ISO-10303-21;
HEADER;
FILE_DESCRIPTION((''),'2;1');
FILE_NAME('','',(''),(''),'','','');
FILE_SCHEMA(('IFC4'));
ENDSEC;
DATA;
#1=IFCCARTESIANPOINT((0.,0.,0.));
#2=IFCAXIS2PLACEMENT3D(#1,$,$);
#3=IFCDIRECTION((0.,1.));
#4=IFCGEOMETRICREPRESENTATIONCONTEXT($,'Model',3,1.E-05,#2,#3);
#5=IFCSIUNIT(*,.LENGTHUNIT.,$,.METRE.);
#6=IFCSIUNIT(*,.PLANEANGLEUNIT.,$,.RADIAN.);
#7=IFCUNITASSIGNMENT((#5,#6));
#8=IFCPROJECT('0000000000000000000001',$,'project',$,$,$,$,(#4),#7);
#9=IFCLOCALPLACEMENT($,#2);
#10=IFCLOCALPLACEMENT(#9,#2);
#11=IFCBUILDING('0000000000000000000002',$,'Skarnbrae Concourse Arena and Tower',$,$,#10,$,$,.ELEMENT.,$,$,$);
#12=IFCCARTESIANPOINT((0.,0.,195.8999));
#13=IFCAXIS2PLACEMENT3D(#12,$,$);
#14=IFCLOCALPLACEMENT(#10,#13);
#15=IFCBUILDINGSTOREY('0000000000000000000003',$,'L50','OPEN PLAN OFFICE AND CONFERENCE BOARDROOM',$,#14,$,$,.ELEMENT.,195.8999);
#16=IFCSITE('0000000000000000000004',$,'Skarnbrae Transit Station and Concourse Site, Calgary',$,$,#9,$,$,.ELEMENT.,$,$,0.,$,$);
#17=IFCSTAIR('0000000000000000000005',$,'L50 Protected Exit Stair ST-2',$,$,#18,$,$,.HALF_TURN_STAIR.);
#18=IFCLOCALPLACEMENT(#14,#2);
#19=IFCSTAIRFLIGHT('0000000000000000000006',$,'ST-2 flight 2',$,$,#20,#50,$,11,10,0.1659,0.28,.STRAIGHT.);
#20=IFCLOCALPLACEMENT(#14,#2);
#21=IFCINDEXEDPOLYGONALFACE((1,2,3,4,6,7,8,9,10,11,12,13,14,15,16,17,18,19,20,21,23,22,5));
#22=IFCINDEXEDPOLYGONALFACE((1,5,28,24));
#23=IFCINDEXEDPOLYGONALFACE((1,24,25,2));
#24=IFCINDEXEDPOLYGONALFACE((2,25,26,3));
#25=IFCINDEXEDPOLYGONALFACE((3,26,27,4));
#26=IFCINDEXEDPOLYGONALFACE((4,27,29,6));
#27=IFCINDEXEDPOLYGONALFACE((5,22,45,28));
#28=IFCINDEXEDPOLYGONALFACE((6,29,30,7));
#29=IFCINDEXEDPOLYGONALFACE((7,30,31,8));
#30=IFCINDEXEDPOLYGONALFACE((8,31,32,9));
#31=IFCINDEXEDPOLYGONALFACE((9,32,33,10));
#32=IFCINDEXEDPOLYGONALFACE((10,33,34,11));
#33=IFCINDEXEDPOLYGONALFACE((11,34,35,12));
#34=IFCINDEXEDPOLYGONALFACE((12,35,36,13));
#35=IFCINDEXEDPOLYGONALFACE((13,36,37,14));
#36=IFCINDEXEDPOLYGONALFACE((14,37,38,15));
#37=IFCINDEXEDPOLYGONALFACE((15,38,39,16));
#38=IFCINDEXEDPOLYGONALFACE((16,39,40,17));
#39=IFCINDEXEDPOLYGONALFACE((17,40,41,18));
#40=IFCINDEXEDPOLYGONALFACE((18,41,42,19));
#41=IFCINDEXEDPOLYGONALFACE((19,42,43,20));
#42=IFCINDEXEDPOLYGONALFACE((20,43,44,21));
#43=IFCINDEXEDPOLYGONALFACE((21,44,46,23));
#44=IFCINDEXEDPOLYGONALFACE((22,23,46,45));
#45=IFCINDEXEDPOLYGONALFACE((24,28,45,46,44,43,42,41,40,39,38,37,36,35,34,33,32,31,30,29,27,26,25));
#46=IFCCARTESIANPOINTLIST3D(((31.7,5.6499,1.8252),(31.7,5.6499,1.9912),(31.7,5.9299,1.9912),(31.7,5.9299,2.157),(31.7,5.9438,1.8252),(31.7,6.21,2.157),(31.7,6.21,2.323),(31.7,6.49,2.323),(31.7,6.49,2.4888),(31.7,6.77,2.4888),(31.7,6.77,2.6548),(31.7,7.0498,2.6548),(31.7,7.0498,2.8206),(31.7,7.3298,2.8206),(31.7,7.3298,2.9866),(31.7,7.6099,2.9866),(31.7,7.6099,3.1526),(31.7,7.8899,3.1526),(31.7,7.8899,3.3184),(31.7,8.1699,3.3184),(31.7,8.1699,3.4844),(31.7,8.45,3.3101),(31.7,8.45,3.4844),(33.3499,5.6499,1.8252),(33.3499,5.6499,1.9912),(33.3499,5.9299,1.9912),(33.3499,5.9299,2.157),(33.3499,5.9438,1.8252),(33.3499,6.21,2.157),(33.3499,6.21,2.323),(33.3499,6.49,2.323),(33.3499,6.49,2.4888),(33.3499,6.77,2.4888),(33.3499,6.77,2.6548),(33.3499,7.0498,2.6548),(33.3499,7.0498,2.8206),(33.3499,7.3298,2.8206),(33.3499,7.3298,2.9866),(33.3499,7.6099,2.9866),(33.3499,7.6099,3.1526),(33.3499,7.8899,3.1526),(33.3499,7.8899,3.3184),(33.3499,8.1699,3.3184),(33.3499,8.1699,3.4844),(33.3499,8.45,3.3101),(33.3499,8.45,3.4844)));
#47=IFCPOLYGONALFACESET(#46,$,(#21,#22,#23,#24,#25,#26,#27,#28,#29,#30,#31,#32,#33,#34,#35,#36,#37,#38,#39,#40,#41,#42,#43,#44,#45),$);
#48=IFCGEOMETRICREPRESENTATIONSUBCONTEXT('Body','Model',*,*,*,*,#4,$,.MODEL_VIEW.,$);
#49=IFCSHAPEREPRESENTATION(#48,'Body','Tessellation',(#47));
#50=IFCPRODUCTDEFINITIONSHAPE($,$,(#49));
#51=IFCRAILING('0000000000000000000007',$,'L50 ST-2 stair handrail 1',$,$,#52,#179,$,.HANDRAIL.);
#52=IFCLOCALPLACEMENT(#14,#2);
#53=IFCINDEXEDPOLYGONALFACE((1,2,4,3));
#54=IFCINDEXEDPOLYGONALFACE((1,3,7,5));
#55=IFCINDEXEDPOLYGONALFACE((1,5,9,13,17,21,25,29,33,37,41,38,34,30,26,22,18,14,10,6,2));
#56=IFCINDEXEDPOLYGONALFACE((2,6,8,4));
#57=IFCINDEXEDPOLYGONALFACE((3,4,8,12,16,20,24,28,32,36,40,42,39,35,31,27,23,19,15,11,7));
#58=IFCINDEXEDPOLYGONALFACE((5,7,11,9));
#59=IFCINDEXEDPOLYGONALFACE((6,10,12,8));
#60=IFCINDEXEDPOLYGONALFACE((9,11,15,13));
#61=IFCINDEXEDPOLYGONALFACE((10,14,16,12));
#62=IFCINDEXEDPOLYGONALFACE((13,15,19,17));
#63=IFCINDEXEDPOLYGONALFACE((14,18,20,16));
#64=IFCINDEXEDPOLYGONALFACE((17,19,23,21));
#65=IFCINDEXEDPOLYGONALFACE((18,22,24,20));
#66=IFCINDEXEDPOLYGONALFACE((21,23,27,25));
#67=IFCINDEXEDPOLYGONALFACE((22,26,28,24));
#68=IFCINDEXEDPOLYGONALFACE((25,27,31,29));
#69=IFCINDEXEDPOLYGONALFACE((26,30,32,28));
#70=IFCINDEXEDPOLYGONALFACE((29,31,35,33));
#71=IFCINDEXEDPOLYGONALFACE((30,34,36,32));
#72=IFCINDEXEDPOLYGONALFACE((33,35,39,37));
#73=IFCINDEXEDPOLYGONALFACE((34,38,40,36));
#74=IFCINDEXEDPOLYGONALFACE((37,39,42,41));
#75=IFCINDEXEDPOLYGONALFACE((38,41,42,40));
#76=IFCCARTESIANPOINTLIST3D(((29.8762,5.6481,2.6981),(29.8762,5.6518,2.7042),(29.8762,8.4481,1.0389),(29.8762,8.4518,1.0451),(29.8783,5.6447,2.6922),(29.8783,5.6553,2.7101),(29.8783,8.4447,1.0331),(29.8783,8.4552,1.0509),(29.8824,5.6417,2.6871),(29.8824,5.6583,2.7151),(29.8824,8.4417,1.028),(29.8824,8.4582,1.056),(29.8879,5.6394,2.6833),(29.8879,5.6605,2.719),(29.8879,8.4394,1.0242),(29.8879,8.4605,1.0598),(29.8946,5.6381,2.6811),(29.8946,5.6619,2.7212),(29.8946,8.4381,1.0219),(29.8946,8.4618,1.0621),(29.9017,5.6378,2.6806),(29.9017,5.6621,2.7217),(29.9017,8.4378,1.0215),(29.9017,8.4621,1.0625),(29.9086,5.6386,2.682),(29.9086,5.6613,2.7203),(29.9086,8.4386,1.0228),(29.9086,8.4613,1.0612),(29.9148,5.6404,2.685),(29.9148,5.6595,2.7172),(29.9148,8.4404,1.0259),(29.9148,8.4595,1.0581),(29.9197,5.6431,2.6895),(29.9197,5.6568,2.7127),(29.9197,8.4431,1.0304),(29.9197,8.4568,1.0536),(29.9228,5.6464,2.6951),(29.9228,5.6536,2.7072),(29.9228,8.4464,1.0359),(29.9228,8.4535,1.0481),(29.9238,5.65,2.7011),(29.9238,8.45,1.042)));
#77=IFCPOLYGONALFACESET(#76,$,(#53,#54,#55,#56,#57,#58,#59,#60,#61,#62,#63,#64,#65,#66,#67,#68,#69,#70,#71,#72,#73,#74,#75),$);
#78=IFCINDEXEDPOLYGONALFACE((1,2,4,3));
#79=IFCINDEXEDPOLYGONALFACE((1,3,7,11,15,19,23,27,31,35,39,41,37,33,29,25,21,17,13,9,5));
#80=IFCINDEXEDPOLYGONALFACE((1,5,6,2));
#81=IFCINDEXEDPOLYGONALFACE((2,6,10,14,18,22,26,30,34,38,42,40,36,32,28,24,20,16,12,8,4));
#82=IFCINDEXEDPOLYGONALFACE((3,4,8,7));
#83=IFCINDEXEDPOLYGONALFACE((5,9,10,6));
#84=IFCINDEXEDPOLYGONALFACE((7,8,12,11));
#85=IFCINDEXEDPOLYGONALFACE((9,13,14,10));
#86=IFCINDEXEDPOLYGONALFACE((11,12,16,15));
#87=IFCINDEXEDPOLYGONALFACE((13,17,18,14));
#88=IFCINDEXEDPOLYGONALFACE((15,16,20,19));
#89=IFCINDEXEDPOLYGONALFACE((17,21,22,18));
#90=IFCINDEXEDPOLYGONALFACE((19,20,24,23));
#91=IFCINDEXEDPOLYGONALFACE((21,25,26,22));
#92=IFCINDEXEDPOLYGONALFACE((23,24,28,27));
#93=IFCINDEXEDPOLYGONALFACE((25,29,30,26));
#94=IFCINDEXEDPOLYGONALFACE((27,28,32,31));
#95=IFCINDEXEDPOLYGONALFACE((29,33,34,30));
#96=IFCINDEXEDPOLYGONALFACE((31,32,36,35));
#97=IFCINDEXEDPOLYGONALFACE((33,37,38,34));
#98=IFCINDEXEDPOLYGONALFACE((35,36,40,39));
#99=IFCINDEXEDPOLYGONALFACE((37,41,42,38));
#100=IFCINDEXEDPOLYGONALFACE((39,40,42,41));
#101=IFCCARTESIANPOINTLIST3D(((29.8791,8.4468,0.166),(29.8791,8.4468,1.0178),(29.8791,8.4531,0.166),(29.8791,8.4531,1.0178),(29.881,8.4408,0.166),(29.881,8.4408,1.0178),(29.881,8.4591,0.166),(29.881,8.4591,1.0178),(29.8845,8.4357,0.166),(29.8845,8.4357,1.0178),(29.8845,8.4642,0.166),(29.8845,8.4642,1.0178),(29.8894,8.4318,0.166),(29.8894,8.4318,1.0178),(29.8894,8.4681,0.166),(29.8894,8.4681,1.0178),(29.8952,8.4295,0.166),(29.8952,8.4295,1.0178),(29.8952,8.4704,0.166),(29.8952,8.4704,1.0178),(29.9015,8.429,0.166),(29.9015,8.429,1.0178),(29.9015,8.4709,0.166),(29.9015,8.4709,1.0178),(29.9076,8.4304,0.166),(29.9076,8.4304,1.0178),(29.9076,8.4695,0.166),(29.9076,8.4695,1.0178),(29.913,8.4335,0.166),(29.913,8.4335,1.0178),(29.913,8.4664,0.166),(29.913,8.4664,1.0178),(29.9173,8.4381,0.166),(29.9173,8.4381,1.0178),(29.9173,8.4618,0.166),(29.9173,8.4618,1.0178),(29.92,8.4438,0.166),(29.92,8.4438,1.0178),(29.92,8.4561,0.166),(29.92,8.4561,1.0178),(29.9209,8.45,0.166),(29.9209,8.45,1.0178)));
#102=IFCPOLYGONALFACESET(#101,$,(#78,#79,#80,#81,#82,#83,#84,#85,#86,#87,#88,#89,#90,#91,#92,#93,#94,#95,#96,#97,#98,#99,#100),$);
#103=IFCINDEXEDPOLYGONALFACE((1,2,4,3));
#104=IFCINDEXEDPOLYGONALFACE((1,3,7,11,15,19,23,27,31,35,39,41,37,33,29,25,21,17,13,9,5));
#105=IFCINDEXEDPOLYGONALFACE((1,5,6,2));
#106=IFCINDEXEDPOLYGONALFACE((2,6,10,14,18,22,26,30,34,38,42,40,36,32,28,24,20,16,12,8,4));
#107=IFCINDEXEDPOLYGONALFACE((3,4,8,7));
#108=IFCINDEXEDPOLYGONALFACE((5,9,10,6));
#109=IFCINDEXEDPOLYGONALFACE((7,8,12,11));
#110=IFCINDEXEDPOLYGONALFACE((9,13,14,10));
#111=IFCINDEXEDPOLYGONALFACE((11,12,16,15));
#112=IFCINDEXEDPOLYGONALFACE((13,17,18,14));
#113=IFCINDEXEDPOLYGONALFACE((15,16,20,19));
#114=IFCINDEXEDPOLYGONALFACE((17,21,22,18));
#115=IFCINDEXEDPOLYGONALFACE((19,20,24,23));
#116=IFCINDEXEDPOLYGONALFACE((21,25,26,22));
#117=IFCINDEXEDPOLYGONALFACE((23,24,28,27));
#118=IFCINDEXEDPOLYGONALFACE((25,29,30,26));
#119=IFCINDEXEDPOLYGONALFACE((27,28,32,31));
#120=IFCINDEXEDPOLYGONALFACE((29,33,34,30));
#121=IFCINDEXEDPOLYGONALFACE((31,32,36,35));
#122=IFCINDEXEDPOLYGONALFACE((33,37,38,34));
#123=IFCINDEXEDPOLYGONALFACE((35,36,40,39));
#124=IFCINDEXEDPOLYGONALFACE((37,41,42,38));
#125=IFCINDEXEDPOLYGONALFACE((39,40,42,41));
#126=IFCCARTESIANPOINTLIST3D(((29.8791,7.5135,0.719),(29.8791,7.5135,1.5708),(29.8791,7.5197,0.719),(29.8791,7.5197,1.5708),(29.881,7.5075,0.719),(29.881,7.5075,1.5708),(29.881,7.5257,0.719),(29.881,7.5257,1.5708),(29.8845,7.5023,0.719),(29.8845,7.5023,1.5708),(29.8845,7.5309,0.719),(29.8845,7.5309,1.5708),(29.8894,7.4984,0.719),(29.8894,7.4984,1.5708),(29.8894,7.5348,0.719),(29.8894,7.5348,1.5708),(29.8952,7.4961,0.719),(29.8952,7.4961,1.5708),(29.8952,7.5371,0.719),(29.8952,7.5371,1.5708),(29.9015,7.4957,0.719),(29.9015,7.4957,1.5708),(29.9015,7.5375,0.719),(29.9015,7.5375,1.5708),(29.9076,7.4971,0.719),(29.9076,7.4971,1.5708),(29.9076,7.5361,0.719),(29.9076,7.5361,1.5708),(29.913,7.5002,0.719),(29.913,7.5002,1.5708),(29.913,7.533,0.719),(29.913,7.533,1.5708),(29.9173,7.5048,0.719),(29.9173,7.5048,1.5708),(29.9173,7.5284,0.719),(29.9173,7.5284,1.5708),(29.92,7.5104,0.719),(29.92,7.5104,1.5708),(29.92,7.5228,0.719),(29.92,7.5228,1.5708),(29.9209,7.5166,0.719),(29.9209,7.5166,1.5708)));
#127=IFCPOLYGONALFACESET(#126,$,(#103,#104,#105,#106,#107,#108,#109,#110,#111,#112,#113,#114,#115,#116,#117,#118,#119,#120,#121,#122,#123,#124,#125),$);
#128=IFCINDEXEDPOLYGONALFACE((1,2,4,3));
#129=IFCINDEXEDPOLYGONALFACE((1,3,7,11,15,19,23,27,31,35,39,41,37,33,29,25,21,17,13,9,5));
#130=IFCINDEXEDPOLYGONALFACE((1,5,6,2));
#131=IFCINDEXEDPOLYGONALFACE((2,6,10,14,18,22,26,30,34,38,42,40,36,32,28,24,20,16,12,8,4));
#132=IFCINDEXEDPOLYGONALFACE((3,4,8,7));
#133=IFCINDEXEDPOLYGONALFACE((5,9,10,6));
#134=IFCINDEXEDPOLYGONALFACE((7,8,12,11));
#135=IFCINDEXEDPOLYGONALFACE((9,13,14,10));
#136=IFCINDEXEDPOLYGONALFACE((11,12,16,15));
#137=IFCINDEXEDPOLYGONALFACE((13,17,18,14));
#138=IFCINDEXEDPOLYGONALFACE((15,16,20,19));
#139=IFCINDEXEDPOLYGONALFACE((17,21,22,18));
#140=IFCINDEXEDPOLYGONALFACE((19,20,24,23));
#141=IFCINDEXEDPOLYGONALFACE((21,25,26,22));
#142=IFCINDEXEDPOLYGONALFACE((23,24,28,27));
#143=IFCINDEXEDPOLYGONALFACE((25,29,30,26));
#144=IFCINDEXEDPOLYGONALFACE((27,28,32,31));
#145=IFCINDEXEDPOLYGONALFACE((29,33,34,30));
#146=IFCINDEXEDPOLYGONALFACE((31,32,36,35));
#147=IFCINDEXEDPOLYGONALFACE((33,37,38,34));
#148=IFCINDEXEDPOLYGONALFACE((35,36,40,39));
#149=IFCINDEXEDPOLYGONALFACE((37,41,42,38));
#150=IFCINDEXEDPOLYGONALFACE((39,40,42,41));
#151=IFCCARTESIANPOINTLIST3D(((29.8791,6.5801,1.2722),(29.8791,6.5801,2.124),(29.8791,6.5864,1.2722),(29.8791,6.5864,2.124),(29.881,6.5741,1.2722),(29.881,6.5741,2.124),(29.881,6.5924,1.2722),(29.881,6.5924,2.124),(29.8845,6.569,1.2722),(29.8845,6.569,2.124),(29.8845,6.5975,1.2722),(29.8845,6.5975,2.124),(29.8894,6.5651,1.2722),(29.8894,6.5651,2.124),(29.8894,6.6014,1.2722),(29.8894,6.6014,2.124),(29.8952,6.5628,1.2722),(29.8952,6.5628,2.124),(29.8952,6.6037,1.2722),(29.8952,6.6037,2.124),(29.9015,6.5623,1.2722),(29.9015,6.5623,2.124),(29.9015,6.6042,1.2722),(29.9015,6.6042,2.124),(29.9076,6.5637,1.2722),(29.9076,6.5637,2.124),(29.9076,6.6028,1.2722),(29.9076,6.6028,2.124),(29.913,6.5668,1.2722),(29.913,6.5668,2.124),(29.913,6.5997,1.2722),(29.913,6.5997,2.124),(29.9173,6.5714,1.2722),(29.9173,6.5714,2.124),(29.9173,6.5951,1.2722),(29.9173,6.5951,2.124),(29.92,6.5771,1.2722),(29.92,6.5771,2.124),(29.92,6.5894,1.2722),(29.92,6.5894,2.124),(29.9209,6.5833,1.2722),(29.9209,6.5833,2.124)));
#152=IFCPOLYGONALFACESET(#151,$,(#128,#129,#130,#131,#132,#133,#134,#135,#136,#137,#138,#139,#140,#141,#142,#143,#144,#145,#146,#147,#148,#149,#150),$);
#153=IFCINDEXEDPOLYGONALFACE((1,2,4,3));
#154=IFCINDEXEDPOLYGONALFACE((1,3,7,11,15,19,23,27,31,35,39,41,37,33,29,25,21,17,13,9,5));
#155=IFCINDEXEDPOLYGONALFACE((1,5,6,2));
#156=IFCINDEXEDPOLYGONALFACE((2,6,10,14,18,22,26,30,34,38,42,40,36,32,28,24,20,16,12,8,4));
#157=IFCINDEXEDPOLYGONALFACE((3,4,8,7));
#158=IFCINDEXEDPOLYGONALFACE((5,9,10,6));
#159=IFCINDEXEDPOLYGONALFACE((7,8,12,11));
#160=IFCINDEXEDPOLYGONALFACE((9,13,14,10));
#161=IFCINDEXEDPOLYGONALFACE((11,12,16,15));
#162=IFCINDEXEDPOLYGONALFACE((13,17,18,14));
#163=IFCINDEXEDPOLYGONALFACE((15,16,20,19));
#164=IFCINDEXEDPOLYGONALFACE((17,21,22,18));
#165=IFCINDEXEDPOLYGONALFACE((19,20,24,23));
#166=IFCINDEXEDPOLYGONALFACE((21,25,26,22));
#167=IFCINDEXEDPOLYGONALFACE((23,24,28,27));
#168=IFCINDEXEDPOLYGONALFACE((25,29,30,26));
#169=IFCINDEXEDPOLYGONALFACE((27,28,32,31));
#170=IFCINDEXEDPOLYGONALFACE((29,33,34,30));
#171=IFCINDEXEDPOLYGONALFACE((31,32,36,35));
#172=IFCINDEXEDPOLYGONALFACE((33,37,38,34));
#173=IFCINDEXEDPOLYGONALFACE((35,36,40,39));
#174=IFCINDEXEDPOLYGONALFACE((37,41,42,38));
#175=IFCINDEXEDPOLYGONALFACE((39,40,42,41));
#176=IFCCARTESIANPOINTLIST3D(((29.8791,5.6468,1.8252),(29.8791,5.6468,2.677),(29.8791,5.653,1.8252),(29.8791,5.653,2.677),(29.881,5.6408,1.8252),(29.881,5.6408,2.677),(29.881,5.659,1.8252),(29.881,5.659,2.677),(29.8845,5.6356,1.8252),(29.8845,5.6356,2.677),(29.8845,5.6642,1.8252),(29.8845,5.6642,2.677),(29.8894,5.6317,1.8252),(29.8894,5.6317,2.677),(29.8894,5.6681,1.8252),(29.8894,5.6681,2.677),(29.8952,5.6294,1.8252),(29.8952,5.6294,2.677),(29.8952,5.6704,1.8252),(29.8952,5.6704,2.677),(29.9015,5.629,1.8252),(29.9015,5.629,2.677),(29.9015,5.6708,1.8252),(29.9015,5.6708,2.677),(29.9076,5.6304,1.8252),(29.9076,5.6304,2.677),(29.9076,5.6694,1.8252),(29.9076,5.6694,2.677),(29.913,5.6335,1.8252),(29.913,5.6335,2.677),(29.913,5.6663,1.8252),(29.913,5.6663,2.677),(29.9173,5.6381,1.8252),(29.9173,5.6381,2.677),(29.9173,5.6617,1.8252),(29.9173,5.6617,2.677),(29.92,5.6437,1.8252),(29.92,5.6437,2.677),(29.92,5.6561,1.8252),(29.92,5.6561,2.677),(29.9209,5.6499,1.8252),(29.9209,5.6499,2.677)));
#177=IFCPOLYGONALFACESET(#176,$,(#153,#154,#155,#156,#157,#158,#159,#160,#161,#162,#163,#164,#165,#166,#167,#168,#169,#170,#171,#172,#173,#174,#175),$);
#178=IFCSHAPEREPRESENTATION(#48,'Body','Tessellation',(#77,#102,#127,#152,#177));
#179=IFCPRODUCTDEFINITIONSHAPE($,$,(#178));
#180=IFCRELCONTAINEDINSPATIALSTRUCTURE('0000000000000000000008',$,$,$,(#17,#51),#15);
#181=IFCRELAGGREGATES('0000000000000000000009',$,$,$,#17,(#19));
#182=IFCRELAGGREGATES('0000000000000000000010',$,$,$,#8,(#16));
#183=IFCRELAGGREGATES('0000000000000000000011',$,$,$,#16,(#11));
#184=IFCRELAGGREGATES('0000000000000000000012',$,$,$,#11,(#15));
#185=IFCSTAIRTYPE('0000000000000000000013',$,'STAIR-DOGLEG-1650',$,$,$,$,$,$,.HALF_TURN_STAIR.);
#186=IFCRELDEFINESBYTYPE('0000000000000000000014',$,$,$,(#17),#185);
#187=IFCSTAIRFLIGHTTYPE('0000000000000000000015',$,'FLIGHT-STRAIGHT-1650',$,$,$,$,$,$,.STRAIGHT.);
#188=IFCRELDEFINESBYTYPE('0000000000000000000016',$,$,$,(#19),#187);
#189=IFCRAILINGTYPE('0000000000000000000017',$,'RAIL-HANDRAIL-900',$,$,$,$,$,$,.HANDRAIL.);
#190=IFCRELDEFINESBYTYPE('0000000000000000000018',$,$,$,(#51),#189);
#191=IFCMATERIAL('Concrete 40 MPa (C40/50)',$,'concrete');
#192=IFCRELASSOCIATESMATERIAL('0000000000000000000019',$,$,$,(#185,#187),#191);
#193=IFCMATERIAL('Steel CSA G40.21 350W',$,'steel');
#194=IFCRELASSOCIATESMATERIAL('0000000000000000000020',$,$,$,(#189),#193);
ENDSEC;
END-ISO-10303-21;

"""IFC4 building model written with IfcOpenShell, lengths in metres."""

from ifc_helpers import new_model, si_unit, direction, frame, origin, origin_2d, place, context, subcontext, project, spatial, polyline, circle, outline, extrude, source, transform, mapped, material, type_object, element, aggregate, save


model = new_model("IFC4")

# Units and contexts
model_context = context("Model", 3, precision=1e-05, world=origin(), true_north=direction((0.0, 1.0)))
body_context = subcontext(model_context, "Body", "Model", "MODEL_VIEW")
ifc_project = project(units=[si_unit("LENGTHUNIT", "METRE"), si_unit("PLANEANGLEUNIT", "RADIAN")], contexts=[model_context])

# Site, building, storey
site_placement = place(None, origin())
site = spatial("IfcSite", under=ifc_project, at=site_placement, Name="Skarnbrae Transit Station and Concourse Site, Calgary", CompositionType="ELEMENT", RefElevation=0.0)
building_placement = place(site_placement, origin())
building = spatial("IfcBuilding", under=site, at=building_placement, Name="Skarnbrae Concourse Arena and Tower", CompositionType="ELEMENT")
storey_placement = place(building_placement, frame((0.0, 0.0, 195.8999)))
storey = spatial("IfcBuildingStorey", under=building, at=storey_placement, Name="L50", Description="OPEN PLAN OFFICE AND CONFERENCE BOARDROOM", CompositionType="ELEMENT", Elevation=195.8999)

# Shared definitions
ifc_material_1 = material(Name="Steel CSA G40.21 350W", Category="steel")

# Stair, stair flight
ifc_material_2 = material(Name="Concrete 40 MPa (C40/50)", Category="concrete")
stair_type = type_object("IfcStairType", Name="STAIR-DOGLEG-1650", PredefinedType="HALF_TURN_STAIR", material=ifc_material_2)
stair_placement = place(storey_placement, origin())
stair = element("IfcStair", 1, at=stair_placement, inside=storey, type_object=stair_type, Name="L50 Protected Exit Stair ST-2", PredefinedType="HALF_TURN_STAIR")
stair_flight_type = type_object("IfcStairFlightType", Name="FLIGHT-STRAIGHT-1650", PredefinedType="STRAIGHT", material=ifc_material_2)
shared_shape_1 = source(origin(), body_context, "Body", "SweptSolid", [
    extrude(outline(polyline([(0.0, 0.0), (0.0, 0.166), (0.28, 0.166), (0.28, 0.3318), (0.5601, 0.3318), (0.5601, 0.4978), (0.8401, 0.4978), (0.8401, 0.6636), (1.1201, 0.6636), (1.1201, 0.8296), (1.3999, 0.8296), (1.3999, 0.9954), (1.6799, 0.9954), (1.6799, 1.1614), (1.96, 1.1614), (1.96, 1.3274), (2.24, 1.3274), (2.24, 1.4932), (2.52, 1.4932), (2.52, 1.6592), (2.8, 1.6592), (2.8, 1.825), (2.8, 1.4849), (0.2939, 0.0), (0.0, 0.0)])), frame((0.0, 0.825, 0.0), z_axis=(0.0, -1.0, 0.0), x_axis=(1.0, 0.0, 0.0)), (0.0, 0.0, 1.0), 1.6499),
])
stair_flight_1_placement = place(storey_placement, frame((32.5249, 5.6499, 1.8252), z_axis=(0.0, 0.0, 1.0), x_axis=(0.0, 1.0, 0.0)))
stair_flight_1 = element("IfcStairFlight", 2, at=stair_flight_1_placement, type_object=stair_flight_type, Name="ST-2 flight 2", NumberOfRisers=11, NumberOfTreads=10, PredefinedType="STRAIGHT", RiserHeight=0.1659, TreadLength=0.28, context=body_context, shape_type="MappedRepresentation", body=[
    mapped(shared_shape_1, transform((0.0, 0.0, 0.0))),
])
aggregate(stair, [stair_flight_1])

# Railing
railing_type_1 = type_object("IfcRailingType", Name="RAIL-HANDRAIL-900", PredefinedType="HANDRAIL", material=ifc_material_1)
railing_1_placement = place(storey_placement, frame((29.8999, 8.45, 0.166)))
element("IfcRailing", 3, at=railing_1_placement, inside=storey, type_object=railing_type_1, Name="L50 ST-2 stair handrail 1", PredefinedType="HANDRAIL", context=body_context, shape_type="SweptSolid", body=[
    extrude(circle(Radius=0.0239, at=origin_2d()), frame((0.0, 0.0, 0.876), z_axis=(0.0, -0.860306, 0.509778), x_axis=(1.0, 0.0, 0.0)), (0.0, 0.0, 1.0), 3.2546),
    extrude(circle(Radius=0.021, at=origin_2d()), origin(), (0.0, 0.0, 1.0), 0.8518),
    extrude(circle(Radius=0.021, at=origin_2d()), frame((0.0, -0.9333, 0.553)), (0.0, 0.0, 1.0), 0.8518),
    extrude(circle(Radius=0.021, at=origin_2d()), frame((0.0, -1.8667, 1.1062)), (0.0, 0.0, 1.0), 0.8518),
    extrude(circle(Radius=0.021, at=origin_2d()), frame((0.0, -2.8, 1.6592)), (0.0, 0.0, 1.0), 0.8518),
])

save(model, "model.ifc")
